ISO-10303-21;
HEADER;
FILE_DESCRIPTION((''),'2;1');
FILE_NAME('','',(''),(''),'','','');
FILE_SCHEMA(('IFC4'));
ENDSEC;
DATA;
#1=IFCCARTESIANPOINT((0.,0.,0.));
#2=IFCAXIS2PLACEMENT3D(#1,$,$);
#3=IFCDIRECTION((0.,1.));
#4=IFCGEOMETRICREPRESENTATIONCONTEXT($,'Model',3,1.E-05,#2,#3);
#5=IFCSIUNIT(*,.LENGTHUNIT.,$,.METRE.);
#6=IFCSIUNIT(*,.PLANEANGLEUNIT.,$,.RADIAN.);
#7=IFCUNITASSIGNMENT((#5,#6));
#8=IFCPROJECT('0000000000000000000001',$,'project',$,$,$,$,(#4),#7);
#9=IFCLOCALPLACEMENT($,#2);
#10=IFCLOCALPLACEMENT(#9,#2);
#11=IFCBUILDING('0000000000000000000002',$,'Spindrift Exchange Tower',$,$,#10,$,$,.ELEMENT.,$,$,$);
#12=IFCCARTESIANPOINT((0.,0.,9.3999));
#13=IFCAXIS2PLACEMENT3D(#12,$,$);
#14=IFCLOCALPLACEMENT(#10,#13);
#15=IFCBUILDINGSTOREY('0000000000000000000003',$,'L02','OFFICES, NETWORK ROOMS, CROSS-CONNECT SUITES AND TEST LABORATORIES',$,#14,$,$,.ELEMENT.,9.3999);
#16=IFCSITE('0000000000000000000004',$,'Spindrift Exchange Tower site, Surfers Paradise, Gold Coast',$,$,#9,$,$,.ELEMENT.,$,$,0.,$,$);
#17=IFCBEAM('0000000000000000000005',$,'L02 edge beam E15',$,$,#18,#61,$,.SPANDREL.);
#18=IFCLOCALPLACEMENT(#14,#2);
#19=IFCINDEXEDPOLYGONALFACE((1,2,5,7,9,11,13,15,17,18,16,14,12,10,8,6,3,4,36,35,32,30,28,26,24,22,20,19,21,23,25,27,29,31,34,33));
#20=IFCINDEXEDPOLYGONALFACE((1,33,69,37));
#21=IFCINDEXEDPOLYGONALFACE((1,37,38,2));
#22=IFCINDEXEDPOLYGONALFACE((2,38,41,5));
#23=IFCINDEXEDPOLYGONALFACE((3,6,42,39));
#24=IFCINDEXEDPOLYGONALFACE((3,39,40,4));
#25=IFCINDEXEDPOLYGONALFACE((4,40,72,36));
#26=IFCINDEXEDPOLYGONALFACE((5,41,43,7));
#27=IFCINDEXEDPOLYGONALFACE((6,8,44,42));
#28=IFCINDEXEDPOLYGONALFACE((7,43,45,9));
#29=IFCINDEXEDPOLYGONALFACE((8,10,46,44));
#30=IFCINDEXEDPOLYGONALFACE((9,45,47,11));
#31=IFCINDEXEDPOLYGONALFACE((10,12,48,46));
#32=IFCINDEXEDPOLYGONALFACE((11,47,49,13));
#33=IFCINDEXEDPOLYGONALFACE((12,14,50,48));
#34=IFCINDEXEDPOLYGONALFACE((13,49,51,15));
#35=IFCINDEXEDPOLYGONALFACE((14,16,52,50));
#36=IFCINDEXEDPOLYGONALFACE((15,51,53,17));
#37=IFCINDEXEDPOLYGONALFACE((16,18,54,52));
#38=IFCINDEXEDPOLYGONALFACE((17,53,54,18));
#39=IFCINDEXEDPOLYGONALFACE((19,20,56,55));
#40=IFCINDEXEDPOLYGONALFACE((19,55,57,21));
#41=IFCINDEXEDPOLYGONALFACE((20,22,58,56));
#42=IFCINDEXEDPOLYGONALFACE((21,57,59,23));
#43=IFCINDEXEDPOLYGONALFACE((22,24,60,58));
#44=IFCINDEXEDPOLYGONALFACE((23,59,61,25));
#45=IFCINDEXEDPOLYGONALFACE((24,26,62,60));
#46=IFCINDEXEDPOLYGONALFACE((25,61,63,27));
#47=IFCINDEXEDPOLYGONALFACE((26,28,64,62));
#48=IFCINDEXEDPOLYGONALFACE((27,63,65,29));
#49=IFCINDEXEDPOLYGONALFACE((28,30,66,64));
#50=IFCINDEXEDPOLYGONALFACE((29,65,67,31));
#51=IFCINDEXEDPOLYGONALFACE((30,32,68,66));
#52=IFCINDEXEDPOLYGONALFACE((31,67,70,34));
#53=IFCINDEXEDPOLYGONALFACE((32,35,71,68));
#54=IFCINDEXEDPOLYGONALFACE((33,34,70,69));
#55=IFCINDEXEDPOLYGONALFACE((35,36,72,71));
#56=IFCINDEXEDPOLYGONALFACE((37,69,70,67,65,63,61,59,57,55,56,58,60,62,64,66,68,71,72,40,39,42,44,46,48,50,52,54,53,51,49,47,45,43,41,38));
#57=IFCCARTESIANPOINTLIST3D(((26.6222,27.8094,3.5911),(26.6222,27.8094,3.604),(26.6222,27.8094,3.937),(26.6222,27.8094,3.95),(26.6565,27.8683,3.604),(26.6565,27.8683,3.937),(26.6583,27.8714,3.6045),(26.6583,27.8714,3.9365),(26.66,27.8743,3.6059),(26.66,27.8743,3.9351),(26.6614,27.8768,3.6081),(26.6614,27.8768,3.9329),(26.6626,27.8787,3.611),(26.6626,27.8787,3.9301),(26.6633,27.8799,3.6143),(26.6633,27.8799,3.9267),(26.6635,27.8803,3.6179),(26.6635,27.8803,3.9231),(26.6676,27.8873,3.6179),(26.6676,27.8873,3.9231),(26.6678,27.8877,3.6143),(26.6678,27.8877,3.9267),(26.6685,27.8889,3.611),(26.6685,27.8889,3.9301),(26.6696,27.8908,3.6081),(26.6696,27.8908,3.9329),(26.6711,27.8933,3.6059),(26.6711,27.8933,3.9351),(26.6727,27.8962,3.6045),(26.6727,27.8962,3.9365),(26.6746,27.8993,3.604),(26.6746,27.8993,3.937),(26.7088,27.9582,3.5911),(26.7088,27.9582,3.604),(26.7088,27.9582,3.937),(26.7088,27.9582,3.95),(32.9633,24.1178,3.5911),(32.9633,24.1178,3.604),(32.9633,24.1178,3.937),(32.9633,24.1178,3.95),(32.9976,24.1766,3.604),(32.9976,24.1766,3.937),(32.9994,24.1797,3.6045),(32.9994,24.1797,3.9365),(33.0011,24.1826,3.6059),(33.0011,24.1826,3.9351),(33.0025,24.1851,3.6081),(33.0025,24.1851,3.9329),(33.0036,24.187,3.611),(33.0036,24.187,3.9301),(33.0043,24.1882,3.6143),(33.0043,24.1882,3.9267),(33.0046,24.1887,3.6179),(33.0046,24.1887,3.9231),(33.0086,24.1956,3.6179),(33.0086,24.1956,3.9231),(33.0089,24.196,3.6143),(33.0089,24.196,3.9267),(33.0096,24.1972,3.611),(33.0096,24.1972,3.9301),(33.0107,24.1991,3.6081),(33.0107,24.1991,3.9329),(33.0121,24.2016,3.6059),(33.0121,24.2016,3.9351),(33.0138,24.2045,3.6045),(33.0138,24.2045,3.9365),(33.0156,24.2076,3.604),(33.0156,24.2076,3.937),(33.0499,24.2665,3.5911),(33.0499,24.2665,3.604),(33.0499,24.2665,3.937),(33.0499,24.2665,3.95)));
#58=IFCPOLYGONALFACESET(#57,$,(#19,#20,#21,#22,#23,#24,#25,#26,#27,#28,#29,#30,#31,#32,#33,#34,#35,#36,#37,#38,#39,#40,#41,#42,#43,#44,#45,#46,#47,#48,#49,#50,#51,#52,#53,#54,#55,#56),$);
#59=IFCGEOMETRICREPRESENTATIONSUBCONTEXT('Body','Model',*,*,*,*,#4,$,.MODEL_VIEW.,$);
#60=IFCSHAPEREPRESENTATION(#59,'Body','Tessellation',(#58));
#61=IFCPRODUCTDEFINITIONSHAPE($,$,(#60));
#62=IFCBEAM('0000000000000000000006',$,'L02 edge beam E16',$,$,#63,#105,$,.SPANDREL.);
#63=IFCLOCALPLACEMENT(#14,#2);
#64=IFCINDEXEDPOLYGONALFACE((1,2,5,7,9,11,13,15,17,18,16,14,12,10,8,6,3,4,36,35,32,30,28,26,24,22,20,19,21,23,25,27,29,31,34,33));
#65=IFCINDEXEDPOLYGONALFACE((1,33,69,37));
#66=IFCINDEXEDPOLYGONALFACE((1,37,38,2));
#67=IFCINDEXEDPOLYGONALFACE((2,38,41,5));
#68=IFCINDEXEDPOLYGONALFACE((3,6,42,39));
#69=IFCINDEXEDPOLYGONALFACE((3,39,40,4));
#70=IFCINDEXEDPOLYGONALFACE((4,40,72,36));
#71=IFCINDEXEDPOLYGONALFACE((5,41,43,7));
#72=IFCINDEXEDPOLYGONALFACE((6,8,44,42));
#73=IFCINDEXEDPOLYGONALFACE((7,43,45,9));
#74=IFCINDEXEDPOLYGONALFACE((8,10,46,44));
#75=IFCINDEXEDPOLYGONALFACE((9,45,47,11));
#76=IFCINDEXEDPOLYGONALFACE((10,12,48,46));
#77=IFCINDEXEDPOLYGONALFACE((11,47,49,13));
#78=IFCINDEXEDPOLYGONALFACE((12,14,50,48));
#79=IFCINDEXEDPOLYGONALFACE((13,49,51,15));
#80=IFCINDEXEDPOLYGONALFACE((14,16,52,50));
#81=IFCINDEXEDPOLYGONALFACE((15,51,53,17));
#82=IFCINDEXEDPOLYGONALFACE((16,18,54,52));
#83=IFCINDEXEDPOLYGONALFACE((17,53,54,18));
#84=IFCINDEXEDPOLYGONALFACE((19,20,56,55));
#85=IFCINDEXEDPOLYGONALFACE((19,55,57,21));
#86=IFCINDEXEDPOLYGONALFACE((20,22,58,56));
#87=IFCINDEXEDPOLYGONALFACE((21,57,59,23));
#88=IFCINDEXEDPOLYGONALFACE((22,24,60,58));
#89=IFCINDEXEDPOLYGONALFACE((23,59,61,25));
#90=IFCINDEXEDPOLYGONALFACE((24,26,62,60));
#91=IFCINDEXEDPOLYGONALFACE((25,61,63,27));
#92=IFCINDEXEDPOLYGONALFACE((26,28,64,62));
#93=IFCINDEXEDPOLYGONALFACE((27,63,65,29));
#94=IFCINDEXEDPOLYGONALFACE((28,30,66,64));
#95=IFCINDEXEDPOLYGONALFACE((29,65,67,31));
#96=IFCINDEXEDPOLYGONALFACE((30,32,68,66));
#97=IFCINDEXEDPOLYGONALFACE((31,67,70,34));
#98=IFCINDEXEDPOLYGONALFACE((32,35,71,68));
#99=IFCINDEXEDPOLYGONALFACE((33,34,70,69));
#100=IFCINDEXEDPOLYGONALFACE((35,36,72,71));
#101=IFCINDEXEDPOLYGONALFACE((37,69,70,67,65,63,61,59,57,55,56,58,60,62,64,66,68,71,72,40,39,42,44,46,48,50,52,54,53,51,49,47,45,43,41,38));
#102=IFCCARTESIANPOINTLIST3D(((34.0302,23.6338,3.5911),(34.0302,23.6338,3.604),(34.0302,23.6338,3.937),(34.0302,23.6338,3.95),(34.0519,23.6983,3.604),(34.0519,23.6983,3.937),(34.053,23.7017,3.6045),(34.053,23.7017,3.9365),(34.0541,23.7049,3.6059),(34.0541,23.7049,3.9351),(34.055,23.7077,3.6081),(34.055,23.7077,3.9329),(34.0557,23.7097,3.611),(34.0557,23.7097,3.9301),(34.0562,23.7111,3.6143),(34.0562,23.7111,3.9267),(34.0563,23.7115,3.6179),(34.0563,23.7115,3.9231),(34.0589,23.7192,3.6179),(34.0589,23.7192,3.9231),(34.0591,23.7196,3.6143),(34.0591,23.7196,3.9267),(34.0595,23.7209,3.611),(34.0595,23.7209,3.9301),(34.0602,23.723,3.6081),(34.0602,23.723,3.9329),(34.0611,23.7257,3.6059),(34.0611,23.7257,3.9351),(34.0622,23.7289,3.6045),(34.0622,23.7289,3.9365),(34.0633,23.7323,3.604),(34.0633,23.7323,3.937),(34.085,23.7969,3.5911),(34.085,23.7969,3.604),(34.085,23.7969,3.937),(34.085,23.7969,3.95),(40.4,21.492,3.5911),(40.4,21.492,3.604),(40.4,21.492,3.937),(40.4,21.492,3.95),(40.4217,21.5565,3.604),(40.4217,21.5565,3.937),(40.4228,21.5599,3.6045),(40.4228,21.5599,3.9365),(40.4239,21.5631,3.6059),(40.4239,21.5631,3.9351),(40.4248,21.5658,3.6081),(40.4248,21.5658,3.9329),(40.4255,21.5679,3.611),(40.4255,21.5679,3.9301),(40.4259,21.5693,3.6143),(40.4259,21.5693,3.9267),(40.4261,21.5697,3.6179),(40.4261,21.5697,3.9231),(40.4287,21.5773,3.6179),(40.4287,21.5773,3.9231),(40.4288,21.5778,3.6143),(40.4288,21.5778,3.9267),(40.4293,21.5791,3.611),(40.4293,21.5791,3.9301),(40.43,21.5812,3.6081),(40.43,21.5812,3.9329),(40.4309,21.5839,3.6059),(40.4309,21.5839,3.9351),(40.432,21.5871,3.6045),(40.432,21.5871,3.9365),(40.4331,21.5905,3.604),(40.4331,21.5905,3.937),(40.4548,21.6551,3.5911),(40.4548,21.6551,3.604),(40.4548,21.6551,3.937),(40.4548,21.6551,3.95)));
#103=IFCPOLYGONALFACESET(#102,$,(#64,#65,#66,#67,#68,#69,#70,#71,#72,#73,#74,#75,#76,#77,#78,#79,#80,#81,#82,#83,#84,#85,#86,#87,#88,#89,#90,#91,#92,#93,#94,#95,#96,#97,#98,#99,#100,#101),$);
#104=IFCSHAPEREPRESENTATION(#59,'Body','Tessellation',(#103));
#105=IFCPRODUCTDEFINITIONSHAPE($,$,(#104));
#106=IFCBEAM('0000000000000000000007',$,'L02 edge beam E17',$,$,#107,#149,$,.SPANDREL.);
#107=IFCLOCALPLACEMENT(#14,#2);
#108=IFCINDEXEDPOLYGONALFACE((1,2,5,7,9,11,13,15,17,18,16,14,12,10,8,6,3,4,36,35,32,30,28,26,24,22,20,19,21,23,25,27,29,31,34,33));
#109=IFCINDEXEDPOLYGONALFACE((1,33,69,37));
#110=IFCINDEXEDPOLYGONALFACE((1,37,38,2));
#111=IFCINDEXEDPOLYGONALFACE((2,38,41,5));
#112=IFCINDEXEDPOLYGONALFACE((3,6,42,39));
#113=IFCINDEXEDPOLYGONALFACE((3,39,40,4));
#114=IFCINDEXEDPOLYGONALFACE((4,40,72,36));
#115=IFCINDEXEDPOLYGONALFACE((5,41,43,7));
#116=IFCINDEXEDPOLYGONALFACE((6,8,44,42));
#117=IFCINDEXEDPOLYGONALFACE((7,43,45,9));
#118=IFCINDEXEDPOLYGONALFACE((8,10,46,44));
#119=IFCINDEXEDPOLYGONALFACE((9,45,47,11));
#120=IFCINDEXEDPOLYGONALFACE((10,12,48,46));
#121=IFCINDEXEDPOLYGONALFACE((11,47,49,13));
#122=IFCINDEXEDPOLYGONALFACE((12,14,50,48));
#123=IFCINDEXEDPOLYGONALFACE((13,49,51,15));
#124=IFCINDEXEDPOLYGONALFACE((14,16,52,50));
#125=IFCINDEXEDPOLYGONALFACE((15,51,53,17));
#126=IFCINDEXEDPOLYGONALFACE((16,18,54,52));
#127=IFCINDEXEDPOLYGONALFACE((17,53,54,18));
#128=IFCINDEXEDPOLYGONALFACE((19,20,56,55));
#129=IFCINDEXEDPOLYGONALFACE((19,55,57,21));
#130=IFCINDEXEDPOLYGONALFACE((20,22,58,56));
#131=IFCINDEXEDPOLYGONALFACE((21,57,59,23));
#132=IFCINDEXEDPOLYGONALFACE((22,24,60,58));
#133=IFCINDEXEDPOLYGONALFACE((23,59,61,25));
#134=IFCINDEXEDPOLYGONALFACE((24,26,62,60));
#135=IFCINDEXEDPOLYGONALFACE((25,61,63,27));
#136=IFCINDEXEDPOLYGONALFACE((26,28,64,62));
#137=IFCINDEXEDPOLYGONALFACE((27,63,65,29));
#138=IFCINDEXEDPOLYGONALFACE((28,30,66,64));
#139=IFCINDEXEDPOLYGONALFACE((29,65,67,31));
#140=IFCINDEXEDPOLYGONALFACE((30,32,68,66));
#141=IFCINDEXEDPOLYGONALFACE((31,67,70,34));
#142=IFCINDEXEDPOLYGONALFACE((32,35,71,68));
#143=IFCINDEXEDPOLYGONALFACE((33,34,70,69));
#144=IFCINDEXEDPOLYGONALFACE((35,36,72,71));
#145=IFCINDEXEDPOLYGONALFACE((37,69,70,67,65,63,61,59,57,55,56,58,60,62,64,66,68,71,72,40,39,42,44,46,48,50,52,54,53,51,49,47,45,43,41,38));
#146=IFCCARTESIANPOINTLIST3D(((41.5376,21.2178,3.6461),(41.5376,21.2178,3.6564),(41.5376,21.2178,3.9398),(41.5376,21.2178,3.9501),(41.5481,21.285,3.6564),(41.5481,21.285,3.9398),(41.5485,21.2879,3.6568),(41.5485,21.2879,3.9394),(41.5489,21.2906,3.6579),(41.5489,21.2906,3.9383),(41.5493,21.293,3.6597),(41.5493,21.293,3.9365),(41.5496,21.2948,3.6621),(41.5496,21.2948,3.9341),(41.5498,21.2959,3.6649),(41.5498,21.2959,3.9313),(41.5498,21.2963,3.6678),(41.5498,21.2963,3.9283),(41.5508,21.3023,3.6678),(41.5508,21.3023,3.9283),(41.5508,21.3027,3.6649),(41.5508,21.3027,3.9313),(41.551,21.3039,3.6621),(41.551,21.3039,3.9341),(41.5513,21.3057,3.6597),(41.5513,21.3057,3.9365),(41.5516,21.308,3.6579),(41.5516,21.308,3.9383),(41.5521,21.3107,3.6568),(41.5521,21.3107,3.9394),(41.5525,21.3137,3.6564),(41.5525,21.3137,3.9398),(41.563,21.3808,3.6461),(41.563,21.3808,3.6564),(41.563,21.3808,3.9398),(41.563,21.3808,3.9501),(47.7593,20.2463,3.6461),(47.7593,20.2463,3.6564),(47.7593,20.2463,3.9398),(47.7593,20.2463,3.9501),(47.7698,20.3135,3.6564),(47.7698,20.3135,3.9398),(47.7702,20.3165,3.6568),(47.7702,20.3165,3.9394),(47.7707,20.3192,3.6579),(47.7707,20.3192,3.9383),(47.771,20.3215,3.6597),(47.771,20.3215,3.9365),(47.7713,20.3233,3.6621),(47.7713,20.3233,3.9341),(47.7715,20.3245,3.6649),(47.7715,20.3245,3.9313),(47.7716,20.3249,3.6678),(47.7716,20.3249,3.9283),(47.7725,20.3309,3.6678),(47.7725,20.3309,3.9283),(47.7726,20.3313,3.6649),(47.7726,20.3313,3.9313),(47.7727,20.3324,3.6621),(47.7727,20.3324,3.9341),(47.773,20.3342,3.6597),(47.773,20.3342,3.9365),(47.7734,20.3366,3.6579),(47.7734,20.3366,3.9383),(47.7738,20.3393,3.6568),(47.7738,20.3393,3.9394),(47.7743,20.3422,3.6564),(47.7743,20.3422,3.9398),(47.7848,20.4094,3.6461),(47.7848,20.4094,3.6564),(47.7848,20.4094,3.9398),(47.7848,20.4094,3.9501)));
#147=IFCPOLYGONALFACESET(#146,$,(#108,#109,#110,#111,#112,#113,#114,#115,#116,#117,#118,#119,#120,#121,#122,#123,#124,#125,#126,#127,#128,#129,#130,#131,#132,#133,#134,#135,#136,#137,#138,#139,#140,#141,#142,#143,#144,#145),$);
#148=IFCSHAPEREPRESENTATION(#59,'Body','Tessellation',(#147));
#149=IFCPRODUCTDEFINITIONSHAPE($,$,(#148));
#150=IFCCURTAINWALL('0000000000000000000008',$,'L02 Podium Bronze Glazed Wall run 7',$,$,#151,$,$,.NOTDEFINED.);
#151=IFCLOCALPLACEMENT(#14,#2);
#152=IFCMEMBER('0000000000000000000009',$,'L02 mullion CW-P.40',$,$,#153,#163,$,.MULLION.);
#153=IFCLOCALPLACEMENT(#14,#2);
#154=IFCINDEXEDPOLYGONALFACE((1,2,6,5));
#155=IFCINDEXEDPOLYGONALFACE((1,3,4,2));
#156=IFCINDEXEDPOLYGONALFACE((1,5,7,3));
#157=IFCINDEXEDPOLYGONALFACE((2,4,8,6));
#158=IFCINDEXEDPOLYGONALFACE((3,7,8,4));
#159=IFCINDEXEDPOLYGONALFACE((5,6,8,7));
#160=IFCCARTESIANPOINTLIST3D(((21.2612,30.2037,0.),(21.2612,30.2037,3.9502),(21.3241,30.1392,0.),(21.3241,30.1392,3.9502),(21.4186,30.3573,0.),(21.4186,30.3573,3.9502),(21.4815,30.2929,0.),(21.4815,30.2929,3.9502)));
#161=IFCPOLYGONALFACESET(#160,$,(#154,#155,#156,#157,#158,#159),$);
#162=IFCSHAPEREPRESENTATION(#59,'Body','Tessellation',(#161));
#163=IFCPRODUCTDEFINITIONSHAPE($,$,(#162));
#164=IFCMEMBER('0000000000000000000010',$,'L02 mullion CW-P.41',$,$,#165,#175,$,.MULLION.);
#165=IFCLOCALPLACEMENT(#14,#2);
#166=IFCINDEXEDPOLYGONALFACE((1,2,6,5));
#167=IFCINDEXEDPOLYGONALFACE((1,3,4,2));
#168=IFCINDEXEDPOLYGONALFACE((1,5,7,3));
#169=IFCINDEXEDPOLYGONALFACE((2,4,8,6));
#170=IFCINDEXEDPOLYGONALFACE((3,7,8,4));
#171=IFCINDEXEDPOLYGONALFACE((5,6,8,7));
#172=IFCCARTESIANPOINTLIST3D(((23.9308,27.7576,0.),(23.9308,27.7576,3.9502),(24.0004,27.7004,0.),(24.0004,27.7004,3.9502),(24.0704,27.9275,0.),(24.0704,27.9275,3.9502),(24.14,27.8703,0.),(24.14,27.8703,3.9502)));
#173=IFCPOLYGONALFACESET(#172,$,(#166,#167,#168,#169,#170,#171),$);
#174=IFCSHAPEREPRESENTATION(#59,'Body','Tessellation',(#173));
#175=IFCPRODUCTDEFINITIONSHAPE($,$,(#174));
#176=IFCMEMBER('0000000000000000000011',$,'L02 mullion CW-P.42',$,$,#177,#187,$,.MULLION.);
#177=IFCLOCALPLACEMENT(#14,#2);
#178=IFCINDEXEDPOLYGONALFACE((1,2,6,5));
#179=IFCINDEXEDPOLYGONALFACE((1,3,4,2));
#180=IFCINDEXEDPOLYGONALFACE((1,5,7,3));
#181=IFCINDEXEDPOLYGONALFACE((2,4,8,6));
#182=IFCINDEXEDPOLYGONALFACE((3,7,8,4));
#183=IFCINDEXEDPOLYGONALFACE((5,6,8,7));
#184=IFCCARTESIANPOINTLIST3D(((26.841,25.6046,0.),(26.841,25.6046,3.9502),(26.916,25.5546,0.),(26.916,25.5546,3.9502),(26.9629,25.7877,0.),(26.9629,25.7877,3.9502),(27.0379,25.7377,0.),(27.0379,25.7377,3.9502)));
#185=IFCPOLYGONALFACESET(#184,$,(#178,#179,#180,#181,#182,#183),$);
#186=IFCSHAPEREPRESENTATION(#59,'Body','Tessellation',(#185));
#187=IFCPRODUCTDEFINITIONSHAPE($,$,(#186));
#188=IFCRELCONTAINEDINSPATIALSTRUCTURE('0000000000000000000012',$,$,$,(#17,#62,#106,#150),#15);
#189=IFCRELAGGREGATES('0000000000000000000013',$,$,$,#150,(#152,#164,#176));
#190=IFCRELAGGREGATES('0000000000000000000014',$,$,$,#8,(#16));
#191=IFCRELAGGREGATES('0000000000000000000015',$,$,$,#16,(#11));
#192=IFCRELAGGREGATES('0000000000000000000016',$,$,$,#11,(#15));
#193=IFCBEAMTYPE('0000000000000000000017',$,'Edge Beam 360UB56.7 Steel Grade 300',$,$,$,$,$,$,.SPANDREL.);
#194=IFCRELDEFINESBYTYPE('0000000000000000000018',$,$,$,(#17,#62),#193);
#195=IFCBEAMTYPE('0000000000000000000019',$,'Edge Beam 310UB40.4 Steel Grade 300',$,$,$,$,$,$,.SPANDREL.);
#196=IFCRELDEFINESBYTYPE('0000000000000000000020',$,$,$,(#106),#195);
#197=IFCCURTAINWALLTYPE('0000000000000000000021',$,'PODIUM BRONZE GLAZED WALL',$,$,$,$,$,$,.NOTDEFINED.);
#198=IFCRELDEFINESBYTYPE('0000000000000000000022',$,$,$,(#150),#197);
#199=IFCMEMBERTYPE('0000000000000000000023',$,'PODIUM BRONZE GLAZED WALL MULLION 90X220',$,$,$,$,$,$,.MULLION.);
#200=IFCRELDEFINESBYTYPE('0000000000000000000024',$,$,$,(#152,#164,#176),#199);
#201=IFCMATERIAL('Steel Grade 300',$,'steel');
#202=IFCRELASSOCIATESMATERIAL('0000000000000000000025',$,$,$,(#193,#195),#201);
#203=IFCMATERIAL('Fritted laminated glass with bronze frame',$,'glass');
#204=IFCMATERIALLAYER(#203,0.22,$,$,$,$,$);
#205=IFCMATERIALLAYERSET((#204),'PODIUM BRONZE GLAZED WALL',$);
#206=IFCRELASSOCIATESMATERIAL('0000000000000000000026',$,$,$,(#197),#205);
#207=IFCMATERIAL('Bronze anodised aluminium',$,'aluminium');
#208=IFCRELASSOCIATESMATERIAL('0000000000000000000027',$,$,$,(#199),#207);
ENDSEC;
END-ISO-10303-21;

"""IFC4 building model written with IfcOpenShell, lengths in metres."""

from ifc_helpers import new_model, si_unit, direction, frame, origin, origin_2d, place, context, subcontext, project, spatial, rectangle, i_section, extrude, source, transform, mapped, material, layer, layer_set, material_profile, profile_set, type_object, element, aggregate, save


model = new_model("IFC4")

# Units and contexts
model_context = context("Model", 3, precision=1e-05, world=origin(), true_north=direction((0.0, 1.0)))
body_context = subcontext(model_context, "Body", "Model", "MODEL_VIEW")
ifc_project = project(units=[si_unit("LENGTHUNIT", "METRE"), si_unit("PLANEANGLEUNIT", "RADIAN")], contexts=[model_context])

# Site, building, storey
site_placement = place(None, origin())
site = spatial("IfcSite", under=ifc_project, at=site_placement, Name="Spindrift Exchange Tower site, Surfers Paradise, Gold Coast", CompositionType="ELEMENT", RefElevation=0.0)
building_placement = place(site_placement, origin())
building = spatial("IfcBuilding", under=site, at=building_placement, Name="Spindrift Exchange Tower", CompositionType="ELEMENT")
storey_placement = place(building_placement, frame((0.0, 0.0, 9.3999)))
storey = spatial("IfcBuildingStorey", under=building, at=storey_placement, Name="L02", Description="OFFICES, NETWORK ROOMS, CROSS-CONNECT SUITES AND TEST LABORATORIES", CompositionType="ELEMENT", Elevation=9.3999)

# Beams
ifc_material_1 = material(Name="Steel Grade 300", Category="steel")
ifc_material_profile_1 = material_profile(ifc_material_1, i_section(OverallWidth=0.1721, OverallDepth=0.3589, WebThickness=0.0081, FlangeThickness=0.0129, FilletRadius=0.0139, at=origin_2d()), Name="360UB56.7")
ifc_profile_set_1 = profile_set([ifc_material_profile_1], Name="Steel Grade 300")
beam_type_1 = type_object("IfcBeamType", Name="Edge Beam 360UB56.7 Steel Grade 300", PredefinedType="SPANDREL", material=ifc_profile_set_1)
shared_shape_1 = source(origin(), body_context, "Body", "SweptSolid", [
    extrude(i_section(OverallWidth=0.1721, OverallDepth=0.3589, WebThickness=0.0081, FlangeThickness=0.0129, FilletRadius=0.0139, at=origin_2d()), origin(), (0.0, 0.0, 1.0), 7.3374),
])
beam_1_placement = place(storey_placement, frame((26.6655, 27.8838, 3.7705), z_axis=(0.864212, -0.503128, 0.0), x_axis=(0.503128, 0.864212, 0.0)))
element("IfcBeam", 1, at=beam_1_placement, inside=storey, type_object=beam_type_1, Name="L02 edge beam E15", PredefinedType="SPANDREL", context=body_context, shape_type="MappedRepresentation", body=[
    mapped(shared_shape_1, transform((0.0, 0.0, 0.0), scale=1.0)),
])
shared_shape_2 = source(origin(), body_context, "Body", "SweptSolid", [
    extrude(i_section(OverallWidth=0.1721, OverallDepth=0.3589, WebThickness=0.0081, FlangeThickness=0.0129, FilletRadius=0.0139, at=origin_2d()), origin(), (0.0, 0.0, 1.0), 6.7202),
])
beam_2_placement = place(storey_placement, frame((34.0576, 23.7153, 3.7705), z_axis=(0.947852, -0.318712, 0.0), x_axis=(0.318712, 0.947852, 0.0)))
element("IfcBeam", 2, at=beam_2_placement, inside=storey, type_object=beam_type_1, Name="L02 edge beam E16", PredefinedType="SPANDREL", context=body_context, shape_type="MappedRepresentation", body=[
    mapped(shared_shape_2, transform((0.0, 0.0, 0.0), scale=1.0)),
])
ifc_material_profile_2 = material_profile(ifc_material_1, i_section(OverallWidth=0.165, OverallDepth=0.304, WebThickness=0.0061, FlangeThickness=0.0103, FilletRadius=0.0115, at=origin_2d()), Name="310UB40.4")
ifc_profile_set_2 = profile_set([ifc_material_profile_2], Name="Steel Grade 300")
beam_type_2 = type_object("IfcBeamType", Name="Edge Beam 310UB40.4 Steel Grade 300", PredefinedType="SPANDREL", material=ifc_profile_set_2)
shared_shape_3 = source(origin(), body_context, "Body", "SweptSolid", [
    extrude(i_section(OverallWidth=0.165, OverallDepth=0.304, WebThickness=0.0061, FlangeThickness=0.0103, FilletRadius=0.0115, at=origin_2d()), origin(), (0.0, 0.0, 1.0), 6.2971),
])
beam_3_placement = place(storey_placement, frame((41.5503, 21.2993, 3.7981), z_axis=(0.988029, -0.154268, 0.0), x_axis=(0.154268, 0.988029, 0.0)))
element("IfcBeam", 3, at=beam_3_placement, inside=storey, type_object=beam_type_2, Name="L02 edge beam E17", PredefinedType="SPANDREL", context=body_context, shape_type="MappedRepresentation", body=[
    mapped(shared_shape_3, transform((0.0, 0.0, 0.0), scale=1.0)),
])

# Curtain wall, members
ifc_material_2 = material(Name="Fritted laminated glass with bronze frame", Category="glass")
ifc_layer_1 = layer(ifc_material_2, 0.22)
ifc_layer_set_1 = layer_set([ifc_layer_1], Name="PODIUM BRONZE GLAZED WALL")
curtain_wall_type = type_object("IfcCurtainWallType", Name="PODIUM BRONZE GLAZED WALL", PredefinedType="NOTDEFINED", material=ifc_layer_set_1)
curtain_wall_1_placement = place(storey_placement, origin())
curtain_wall_1 = element("IfcCurtainWall", 4, at=curtain_wall_1_placement, inside=storey, type_object=curtain_wall_type, Name="L02 Podium Bronze Glazed Wall run 7", PredefinedType="NOTDEFINED")
ifc_material_3 = material(Name="Bronze anodised aluminium", Category="aluminium")
ifc_material_profile_3 = material_profile(ifc_material_3, rectangle(XDim=0.0901, YDim=0.22, at=origin_2d()), Name="PODIUM BRONZE GLAZED WALL MULLION 90X220")
ifc_profile_set_3 = profile_set([ifc_material_profile_3], Name="Bronze anodised aluminium")
member_type_1 = type_object("IfcMemberType", Name="PODIUM BRONZE GLAZED WALL MULLION 90X220", PredefinedType="MULLION", material=ifc_profile_set_3)
shared_shape_4 = source(origin(), body_context, "Body", "SweptSolid", [
    extrude(rectangle(XDim=0.0901, YDim=0.22, at=origin_2d()), origin(), (0.0, 0.0, 1.0), 3.9502),
])
member_1_placement = place(storey_placement, frame((21.3713, 30.2483, 0.0), z_axis=(0.0, 0.0, 1.0), x_axis=(0.698469, -0.71564, 0.0)))
member_1 = element("IfcMember", 5, at=member_1_placement, type_object=member_type_1, Name="L02 mullion CW-P.40", PredefinedType="MULLION", context=body_context, shape_type="MappedRepresentation", body=[
    mapped(shared_shape_4, transform((0.0, 0.0, 0.0), scale=1.0)),
])
member_2_placement = place(storey_placement, frame((24.0354, 27.814, 0.0), z_axis=(0.0, 0.0, 1.0), x_axis=(0.7725, -0.635014, 0.0)))
member_2 = element("IfcMember", 6, at=member_2_placement, type_object=member_type_1, Name="L02 mullion CW-P.41", PredefinedType="MULLION", context=body_context, shape_type="MappedRepresentation", body=[
    mapped(shared_shape_4, transform((0.0, 0.0, 0.0), scale=1.0)),
])
member_3_placement = place(storey_placement, frame((26.9395, 25.6711, 0.0), z_axis=(0.0, 0.0, 1.0), x_axis=(0.832367, -0.554225, 0.0)))
member_3 = element("IfcMember", 7, at=member_3_placement, type_object=member_type_1, Name="L02 mullion CW-P.42", PredefinedType="MULLION", context=body_context, shape_type="MappedRepresentation", body=[
    mapped(shared_shape_4, transform((0.0, 0.0, 0.0), scale=1.0)),
])

aggregate(curtain_wall_1, [member_1, member_2, member_3])

save(model, "model.ifc")
